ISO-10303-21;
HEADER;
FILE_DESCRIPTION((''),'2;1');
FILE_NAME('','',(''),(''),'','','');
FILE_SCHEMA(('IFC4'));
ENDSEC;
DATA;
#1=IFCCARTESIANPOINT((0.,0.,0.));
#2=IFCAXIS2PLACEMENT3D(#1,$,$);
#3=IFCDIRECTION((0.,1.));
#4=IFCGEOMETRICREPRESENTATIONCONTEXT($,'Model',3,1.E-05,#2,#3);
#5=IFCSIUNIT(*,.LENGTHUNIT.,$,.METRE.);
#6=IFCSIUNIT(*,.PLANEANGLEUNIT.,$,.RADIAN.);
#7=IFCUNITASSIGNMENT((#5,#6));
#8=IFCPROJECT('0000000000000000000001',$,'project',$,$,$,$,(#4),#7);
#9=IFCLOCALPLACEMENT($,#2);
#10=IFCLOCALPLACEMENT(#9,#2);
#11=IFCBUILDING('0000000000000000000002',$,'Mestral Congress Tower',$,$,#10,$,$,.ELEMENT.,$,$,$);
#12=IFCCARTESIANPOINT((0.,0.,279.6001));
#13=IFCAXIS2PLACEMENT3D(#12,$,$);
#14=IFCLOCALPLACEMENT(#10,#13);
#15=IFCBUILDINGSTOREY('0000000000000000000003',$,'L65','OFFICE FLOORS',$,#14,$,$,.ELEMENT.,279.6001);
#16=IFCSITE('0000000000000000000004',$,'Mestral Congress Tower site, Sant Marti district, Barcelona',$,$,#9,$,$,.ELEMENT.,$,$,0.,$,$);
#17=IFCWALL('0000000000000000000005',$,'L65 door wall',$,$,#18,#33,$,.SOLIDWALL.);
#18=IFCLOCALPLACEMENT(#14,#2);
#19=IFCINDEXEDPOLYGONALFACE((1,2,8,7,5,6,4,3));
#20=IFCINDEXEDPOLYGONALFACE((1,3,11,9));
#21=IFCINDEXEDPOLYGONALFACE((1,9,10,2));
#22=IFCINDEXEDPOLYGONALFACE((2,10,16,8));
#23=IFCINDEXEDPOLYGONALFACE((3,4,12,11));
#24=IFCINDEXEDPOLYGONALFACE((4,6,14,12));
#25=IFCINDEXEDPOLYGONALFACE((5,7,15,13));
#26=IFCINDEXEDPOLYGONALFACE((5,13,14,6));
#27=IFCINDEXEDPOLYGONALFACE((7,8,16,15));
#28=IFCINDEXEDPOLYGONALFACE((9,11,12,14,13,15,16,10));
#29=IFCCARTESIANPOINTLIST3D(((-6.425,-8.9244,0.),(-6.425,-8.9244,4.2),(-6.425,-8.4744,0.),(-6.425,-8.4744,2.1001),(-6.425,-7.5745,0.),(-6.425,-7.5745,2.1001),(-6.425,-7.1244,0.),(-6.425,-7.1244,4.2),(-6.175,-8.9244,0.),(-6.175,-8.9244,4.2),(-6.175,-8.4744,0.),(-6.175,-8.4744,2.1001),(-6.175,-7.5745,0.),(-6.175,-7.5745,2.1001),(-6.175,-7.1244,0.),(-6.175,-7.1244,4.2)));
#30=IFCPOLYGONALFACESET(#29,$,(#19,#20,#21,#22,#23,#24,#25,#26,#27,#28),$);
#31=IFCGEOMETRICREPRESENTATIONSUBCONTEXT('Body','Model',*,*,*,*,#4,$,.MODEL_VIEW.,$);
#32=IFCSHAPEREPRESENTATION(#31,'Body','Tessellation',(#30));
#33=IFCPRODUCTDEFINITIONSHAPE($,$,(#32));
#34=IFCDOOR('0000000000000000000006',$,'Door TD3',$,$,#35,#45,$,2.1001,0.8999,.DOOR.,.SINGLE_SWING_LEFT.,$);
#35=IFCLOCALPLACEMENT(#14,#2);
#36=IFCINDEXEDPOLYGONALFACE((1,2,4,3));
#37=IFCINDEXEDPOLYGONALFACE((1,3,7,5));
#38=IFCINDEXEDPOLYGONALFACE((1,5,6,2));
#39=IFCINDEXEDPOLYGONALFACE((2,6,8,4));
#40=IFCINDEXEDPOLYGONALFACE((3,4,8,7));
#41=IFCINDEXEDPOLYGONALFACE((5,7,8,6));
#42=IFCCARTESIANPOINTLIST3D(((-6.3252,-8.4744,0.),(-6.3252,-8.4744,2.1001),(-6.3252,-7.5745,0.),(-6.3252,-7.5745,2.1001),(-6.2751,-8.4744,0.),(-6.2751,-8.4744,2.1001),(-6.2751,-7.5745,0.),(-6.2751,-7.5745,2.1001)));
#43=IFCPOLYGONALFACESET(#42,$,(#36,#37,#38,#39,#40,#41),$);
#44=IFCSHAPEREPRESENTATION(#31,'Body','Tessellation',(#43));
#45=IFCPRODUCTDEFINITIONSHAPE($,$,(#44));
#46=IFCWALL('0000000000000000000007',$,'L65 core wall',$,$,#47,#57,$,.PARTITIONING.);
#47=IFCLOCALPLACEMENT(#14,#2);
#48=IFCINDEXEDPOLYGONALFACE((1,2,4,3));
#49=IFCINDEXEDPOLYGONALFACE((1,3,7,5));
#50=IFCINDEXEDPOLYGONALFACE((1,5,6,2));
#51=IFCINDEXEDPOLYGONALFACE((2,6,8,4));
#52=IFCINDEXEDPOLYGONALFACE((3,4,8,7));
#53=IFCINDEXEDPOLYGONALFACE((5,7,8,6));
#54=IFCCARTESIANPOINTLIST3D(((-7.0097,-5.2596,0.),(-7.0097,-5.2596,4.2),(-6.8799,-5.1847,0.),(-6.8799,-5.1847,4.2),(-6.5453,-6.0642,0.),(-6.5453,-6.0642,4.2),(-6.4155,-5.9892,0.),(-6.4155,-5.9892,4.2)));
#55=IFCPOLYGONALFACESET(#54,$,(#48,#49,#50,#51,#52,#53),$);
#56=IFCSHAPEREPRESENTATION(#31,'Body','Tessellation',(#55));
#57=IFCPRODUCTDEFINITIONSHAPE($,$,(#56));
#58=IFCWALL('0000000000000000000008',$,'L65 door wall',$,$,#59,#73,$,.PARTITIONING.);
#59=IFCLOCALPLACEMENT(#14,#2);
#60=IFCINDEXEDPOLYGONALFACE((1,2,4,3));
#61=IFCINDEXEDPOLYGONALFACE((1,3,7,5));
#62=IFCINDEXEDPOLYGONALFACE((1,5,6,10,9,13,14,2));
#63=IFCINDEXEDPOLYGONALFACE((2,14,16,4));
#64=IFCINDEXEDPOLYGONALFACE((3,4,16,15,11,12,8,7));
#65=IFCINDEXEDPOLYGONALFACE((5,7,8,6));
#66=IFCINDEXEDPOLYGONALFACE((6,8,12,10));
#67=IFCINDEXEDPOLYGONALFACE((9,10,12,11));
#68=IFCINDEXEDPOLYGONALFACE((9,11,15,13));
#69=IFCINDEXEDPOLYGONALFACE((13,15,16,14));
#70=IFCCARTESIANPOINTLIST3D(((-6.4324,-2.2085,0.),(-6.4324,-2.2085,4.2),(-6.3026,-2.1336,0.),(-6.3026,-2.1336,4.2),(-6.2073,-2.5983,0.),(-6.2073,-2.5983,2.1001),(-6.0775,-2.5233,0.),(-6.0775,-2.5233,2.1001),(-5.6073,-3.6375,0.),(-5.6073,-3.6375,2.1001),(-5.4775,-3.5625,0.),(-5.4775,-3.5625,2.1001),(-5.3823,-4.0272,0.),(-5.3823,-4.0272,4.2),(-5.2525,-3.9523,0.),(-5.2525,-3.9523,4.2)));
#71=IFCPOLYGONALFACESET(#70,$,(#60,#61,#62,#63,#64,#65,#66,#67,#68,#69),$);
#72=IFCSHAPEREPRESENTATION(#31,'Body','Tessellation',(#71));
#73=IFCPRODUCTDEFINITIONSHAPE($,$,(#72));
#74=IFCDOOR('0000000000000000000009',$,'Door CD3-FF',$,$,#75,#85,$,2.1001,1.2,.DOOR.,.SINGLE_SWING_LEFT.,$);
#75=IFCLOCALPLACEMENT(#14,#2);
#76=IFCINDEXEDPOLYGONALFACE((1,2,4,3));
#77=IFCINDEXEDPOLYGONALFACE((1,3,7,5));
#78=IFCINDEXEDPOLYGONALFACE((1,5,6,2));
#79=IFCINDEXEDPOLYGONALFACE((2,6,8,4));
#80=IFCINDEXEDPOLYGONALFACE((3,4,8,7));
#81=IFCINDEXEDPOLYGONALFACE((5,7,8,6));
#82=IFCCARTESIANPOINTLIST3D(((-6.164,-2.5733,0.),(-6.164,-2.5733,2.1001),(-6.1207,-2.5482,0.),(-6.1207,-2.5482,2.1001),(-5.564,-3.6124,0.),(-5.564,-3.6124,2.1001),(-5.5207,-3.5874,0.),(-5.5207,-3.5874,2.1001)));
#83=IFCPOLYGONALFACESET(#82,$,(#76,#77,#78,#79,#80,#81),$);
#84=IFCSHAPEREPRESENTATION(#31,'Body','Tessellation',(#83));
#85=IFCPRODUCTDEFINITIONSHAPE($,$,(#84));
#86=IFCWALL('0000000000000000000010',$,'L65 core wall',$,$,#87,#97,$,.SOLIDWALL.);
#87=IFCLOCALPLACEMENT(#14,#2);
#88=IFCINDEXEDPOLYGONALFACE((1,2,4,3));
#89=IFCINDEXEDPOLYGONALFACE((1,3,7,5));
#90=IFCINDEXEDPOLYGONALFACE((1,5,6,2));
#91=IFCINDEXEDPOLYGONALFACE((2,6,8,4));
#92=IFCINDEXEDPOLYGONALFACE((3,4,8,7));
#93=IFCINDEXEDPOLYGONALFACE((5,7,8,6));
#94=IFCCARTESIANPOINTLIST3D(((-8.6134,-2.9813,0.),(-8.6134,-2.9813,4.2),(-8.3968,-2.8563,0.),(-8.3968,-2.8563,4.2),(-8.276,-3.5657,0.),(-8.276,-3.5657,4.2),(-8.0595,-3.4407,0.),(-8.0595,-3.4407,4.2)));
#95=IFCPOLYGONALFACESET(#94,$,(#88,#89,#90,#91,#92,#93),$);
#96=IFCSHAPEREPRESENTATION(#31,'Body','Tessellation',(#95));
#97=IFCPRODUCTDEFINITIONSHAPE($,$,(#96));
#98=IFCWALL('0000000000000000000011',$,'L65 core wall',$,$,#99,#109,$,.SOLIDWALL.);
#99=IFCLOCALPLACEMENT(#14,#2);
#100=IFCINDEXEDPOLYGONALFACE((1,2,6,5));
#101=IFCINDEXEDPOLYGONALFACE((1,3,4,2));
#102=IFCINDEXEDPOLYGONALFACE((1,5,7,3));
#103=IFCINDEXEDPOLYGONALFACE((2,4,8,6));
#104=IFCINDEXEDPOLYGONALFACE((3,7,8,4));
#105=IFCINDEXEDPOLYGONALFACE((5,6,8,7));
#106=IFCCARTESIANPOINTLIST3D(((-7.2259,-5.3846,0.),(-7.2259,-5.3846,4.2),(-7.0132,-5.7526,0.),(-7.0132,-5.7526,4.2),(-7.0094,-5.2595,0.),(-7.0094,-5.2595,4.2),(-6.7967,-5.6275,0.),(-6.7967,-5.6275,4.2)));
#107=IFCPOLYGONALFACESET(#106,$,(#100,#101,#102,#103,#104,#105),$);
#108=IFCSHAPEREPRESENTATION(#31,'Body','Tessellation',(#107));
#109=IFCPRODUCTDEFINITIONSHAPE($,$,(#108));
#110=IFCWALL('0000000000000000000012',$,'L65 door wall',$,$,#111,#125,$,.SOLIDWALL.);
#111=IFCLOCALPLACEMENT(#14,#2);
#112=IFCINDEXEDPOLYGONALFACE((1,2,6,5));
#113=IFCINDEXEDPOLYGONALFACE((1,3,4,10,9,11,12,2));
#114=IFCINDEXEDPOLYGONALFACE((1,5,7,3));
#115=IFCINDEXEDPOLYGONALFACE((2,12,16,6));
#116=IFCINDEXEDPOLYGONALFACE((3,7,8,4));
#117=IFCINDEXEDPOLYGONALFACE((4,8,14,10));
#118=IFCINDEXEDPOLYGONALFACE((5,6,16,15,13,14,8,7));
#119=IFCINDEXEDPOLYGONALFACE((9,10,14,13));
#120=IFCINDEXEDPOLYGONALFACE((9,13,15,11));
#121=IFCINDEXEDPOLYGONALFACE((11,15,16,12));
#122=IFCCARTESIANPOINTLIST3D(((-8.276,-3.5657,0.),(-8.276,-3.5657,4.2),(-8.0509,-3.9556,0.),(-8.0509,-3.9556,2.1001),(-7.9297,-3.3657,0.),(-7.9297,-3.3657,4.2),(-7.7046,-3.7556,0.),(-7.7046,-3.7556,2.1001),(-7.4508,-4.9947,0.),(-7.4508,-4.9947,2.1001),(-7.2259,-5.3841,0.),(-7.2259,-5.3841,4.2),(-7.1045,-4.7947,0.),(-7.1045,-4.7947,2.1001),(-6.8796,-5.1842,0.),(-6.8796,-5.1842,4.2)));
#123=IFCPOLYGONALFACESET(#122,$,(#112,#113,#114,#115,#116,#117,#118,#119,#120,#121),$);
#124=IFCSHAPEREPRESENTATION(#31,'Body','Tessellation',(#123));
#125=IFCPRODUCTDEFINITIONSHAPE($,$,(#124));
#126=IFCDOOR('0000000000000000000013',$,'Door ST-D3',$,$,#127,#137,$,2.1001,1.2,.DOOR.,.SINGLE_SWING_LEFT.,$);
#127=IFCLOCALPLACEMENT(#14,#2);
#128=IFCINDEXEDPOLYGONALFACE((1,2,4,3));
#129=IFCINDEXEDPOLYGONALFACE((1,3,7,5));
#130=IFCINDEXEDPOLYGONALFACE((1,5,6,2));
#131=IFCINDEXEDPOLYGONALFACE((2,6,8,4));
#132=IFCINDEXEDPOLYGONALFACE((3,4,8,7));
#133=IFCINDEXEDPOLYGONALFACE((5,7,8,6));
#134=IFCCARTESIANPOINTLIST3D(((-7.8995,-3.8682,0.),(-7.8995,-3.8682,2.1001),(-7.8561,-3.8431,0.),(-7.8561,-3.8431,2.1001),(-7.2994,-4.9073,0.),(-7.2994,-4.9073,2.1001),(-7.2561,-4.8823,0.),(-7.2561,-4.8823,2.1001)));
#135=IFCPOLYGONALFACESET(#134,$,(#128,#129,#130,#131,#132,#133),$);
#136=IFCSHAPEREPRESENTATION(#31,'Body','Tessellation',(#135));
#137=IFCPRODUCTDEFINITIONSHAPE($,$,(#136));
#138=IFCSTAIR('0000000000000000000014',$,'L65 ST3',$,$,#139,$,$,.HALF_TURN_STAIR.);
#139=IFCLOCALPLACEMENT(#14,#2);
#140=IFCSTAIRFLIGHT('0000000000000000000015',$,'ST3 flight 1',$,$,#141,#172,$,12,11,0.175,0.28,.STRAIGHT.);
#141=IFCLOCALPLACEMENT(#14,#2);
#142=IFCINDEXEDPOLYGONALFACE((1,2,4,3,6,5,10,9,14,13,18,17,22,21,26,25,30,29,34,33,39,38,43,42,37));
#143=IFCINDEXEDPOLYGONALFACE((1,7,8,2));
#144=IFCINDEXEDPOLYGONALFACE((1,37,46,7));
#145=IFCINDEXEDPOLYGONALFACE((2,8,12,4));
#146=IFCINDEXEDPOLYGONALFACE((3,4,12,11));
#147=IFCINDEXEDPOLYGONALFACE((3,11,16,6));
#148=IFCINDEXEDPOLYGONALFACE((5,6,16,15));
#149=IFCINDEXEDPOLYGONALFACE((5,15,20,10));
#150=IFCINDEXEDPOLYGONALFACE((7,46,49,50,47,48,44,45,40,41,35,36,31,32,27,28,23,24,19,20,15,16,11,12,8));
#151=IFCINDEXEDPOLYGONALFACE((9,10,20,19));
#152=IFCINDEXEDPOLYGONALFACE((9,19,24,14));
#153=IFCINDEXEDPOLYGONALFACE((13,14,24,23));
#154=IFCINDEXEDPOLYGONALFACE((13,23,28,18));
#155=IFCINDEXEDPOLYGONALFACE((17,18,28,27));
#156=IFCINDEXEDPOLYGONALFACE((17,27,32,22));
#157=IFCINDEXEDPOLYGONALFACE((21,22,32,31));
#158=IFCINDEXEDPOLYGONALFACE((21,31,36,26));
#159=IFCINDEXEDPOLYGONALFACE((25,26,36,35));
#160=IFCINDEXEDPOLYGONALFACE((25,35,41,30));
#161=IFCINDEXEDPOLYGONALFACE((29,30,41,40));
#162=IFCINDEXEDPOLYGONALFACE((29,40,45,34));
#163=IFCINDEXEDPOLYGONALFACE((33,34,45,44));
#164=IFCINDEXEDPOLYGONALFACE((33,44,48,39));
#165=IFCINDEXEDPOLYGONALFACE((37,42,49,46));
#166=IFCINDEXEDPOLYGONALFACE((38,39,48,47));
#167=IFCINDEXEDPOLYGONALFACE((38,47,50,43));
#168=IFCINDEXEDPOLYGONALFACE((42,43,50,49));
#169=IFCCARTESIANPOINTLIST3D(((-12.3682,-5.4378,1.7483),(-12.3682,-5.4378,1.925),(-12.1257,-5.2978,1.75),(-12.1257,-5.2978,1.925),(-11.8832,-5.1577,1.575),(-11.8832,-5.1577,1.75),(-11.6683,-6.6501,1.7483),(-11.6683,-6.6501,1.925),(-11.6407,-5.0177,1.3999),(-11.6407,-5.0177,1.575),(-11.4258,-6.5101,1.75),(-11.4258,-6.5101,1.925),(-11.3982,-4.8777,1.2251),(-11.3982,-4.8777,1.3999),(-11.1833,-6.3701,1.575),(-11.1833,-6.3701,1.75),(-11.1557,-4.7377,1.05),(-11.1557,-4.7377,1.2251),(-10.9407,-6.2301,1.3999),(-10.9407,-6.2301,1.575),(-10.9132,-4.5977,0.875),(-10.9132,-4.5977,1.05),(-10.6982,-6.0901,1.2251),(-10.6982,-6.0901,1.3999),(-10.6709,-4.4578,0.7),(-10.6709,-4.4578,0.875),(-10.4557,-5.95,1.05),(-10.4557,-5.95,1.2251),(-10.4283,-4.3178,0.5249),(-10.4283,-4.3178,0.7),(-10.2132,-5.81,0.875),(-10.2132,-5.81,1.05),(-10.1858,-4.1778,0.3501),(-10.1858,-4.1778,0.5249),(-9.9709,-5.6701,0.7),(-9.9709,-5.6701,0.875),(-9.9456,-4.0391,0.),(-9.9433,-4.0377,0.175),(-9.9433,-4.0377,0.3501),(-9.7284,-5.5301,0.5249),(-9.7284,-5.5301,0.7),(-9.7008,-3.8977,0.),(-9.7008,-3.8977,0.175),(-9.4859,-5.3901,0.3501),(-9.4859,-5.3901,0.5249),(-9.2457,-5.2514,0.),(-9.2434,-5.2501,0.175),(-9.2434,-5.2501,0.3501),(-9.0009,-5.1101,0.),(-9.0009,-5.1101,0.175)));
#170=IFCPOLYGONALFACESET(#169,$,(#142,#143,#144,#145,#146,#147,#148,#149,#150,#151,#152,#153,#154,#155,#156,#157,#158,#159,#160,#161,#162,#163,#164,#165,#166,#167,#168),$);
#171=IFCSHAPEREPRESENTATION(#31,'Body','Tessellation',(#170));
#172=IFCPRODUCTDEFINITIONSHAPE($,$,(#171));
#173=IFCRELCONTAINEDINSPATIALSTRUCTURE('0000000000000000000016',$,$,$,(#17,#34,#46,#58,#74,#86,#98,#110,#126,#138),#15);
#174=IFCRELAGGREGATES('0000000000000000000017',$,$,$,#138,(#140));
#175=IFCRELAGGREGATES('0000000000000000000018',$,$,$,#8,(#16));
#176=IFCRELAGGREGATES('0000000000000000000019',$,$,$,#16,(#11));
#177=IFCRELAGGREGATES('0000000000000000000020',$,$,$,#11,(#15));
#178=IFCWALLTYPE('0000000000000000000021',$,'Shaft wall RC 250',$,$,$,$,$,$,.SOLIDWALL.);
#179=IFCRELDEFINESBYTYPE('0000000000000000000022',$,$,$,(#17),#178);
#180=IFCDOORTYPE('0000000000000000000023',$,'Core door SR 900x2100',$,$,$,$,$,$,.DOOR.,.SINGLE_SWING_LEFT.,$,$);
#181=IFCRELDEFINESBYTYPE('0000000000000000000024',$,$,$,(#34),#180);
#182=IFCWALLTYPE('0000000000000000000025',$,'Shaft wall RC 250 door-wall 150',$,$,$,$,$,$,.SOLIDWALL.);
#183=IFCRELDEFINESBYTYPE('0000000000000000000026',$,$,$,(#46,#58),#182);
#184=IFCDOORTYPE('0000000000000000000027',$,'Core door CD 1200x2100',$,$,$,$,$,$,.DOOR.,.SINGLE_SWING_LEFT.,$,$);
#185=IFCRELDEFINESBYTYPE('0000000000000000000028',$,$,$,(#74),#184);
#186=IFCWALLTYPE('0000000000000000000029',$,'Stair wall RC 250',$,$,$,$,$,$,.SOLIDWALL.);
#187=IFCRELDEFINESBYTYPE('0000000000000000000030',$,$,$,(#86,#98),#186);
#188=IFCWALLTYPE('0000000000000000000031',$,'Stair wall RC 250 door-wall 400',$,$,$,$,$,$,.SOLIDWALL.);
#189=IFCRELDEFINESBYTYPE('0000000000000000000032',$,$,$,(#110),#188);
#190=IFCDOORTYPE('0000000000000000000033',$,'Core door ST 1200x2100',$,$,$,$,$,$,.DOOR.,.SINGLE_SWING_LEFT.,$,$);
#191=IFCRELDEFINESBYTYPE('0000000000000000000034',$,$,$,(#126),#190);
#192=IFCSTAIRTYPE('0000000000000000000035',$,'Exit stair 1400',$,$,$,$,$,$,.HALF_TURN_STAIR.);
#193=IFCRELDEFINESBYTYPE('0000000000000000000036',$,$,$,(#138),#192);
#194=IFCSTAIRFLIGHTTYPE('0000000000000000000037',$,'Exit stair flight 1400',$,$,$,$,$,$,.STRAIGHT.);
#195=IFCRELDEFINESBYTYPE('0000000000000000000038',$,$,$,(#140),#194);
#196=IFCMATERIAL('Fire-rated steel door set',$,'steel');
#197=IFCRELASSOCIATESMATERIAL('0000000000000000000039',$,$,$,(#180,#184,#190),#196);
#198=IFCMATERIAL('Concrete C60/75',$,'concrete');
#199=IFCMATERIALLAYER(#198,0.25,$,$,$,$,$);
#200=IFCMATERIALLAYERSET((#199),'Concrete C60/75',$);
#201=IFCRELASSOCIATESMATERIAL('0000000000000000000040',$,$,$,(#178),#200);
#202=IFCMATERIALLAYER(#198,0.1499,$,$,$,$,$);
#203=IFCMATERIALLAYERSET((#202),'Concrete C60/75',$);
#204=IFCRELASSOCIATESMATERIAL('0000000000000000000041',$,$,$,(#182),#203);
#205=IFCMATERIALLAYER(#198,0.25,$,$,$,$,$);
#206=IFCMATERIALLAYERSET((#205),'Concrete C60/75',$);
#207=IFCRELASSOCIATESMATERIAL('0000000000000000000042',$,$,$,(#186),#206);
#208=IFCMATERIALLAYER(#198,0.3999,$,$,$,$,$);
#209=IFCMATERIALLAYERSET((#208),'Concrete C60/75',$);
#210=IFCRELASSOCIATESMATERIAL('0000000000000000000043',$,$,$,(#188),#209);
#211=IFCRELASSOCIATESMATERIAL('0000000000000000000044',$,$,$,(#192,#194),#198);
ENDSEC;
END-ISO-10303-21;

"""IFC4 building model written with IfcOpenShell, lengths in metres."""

from ifc_helpers import new_model, si_unit, direction, frame, frame_2d, origin, place, context, subcontext, project, spatial, polyline, rectangle, outline, extrude, material, layer, layer_set, type_object, element, fill, aggregate, save


model = new_model("IFC4")

# Units and contexts
model_context = context("Model", 3, precision=1e-05, world=origin(), true_north=direction((0.0, 1.0)))
body_context = subcontext(model_context, "Body", "Model", "MODEL_VIEW")
ifc_project = project(units=[si_unit("LENGTHUNIT", "METRE"), si_unit("PLANEANGLEUNIT", "RADIAN")], contexts=[model_context])

# Site, building, storey
site_placement = place(None, origin())
site = spatial("IfcSite", under=ifc_project, at=site_placement, Name="Mestral Congress Tower site, Sant Marti district, Barcelona", CompositionType="ELEMENT", RefElevation=0.0)
building_placement = place(site_placement, origin())
building = spatial("IfcBuilding", under=site, at=building_placement, Name="Mestral Congress Tower", CompositionType="ELEMENT")
storey_placement = place(building_placement, frame((0.0, 0.0, 279.6001)))
storey = spatial("IfcBuildingStorey", under=building, at=storey_placement, Name="L65", Description="OFFICE FLOORS", CompositionType="ELEMENT", Elevation=279.6001)

# Shared definitions
ifc_material_1 = material(Name="Fire-rated steel door set", Category="steel")
door_type_1 = type_object("IfcDoorType", Name="Core door SR 900x2100", OperationType="SINGLE_SWING_LEFT", PredefinedType="DOOR", material=ifc_material_1)

# Shared definitions
ifc_material_2 = material(Name="Concrete C60/75", Category="concrete")
ifc_layer_1 = layer(ifc_material_2, 0.25)
ifc_layer_set_1 = layer_set([ifc_layer_1], Name="Concrete C60/75")
wall_type_1 = type_object("IfcWallType", Name="Shaft wall RC 250", PredefinedType="SOLIDWALL", material=ifc_layer_set_1)

# Wall, opening, door
wall_1_placement = place(storey_placement, frame((-6.3, -7.1245, 0.0), z_axis=(0.0, 0.0, 1.0), x_axis=(0.0, -1.0, 0.0)))
wall_1 = element("IfcWall", 1, at=wall_1_placement, inside=storey, type_object=wall_type_1, Name="L65 door wall", PredefinedType="SOLIDWALL", context=body_context, shape_type="SweptSolid", body=[
    extrude(rectangle(XDim=1.8, YDim=0.25, at=frame_2d((0.8999, 0.0))), origin(), (0.0, 0.0, 1.0), 4.2),
])
opening_1_placement = place(wall_1_placement, frame((0.45, 0.0, 0.0)))
opening_1 = element("IfcOpeningElement", 2, at=opening_1_placement, cuts=wall_1, PredefinedType="OPENING", context=body_context, shape_type="SweptSolid", body=[
    extrude(rectangle(XDim=0.8999, YDim=2.1001, at=frame_2d((0.45, 1.05))), frame((0.0, 0.135, 0.0), z_axis=(0.0, -1.0, 0.0), x_axis=(1.0, 0.0, 0.0)), (0.0, 0.0, 1.0), 0.27),
])
door_1_placement = place(opening_1_placement, origin())
door_1 = element("IfcDoor", 3, at=door_1_placement, inside=storey, type_object=door_type_1, Name="Door TD3", OperationType="SINGLE_SWING_LEFT", OverallHeight=2.1001, OverallWidth=0.8999, PredefinedType="DOOR", context=body_context, shape_type="SweptSolid", body=[
    extrude(rectangle(XDim=0.8999, YDim=2.1001, at=frame_2d((0.45, 1.05))), frame((0.0, 0.0249, 0.0), z_axis=(0.0, -1.0, 0.0), x_axis=(1.0, 0.0, 0.0)), (0.0, 0.0, 1.0), 0.05),
])
fill(opening_1, door_1)

# Wall
ifc_layer_2 = layer(ifc_material_2, 0.1499)
ifc_layer_set_2 = layer_set([ifc_layer_2], Name="Concrete C60/75")
wall_type_2 = type_object("IfcWallType", Name="Shaft wall RC 250 door-wall 150", PredefinedType="SOLIDWALL", material=ifc_layer_set_2)
wall_2_placement = place(storey_placement, frame((-6.4805, -6.0266, 0.0), z_axis=(0.0, 0.0, 1.0), x_axis=(-0.499927, 0.866067, 0.0)))
element("IfcWall", 4, at=wall_2_placement, inside=storey, type_object=wall_type_2, Name="L65 core wall", PredefinedType="PARTITIONING", context=body_context, shape_type="SweptSolid", body=[
    extrude(rectangle(XDim=0.929, YDim=0.1499, at=frame_2d((0.4644, 0.0))), origin(), (0.0, 0.0, 1.0), 4.2),
])

# Wall, opening, door
wall_3_placement = place(storey_placement, frame((-5.3174, -3.9897, 0.0), z_axis=(0.0, 0.0, 1.0), x_axis=(-0.500028, 0.866009, 0.0)))
wall_3 = element("IfcWall", 5, at=wall_3_placement, inside=storey, type_object=wall_type_2, Name="L65 door wall", PredefinedType="PARTITIONING", context=body_context, shape_type="SweptSolid", body=[
    extrude(rectangle(XDim=2.1001, YDim=0.1499, at=frame_2d((1.05, 0.0))), origin(), (0.0, 0.0, 1.0), 4.2),
])
opening_2_placement = place(wall_3_placement, frame((0.45, 0.0, 0.0)))
opening_2 = element("IfcOpeningElement", 6, at=opening_2_placement, cuts=wall_3, PredefinedType="OPENING", context=body_context, shape_type="SweptSolid", body=[
    extrude(rectangle(XDim=1.2, YDim=2.1001, at=frame_2d((0.6001, 1.05))), frame((0.0, 0.085, 0.0), z_axis=(0.0, -1.0, 0.0), x_axis=(1.0, 0.0, 0.0)), (0.0, 0.0, 1.0), 0.1699),
])
door_type_2 = type_object("IfcDoorType", Name="Core door CD 1200x2100", OperationType="SINGLE_SWING_LEFT", PredefinedType="DOOR", material=ifc_material_1)
door_2_placement = place(opening_2_placement, origin())
door_2 = element("IfcDoor", 7, at=door_2_placement, inside=storey, type_object=door_type_2, Name="Door CD3-FF", OperationType="SINGLE_SWING_LEFT", OverallHeight=2.1001, OverallWidth=1.2, PredefinedType="DOOR", context=body_context, shape_type="SweptSolid", body=[
    extrude(rectangle(XDim=1.2, YDim=2.1001, at=frame_2d((0.6001, 1.05))), frame((0.0, 0.0249, 0.0), z_axis=(0.0, -1.0, 0.0), x_axis=(1.0, 0.0, 0.0)), (0.0, 0.0, 1.0), 0.05),
])
fill(opening_2, door_2)

# Walls
ifc_layer_3 = layer(ifc_material_2, 0.25)
ifc_layer_set_3 = layer_set([ifc_layer_3], Name="Concrete C60/75")
wall_type_3 = type_object("IfcWallType", Name="Stair wall RC 250", PredefinedType="SOLIDWALL", material=ifc_layer_set_3)
wall_4_placement = place(storey_placement, frame((-8.1677, -3.5032, 0.0), z_axis=(0.0, 0.0, 1.0), x_axis=(-0.499952, 0.866053, 0.0)))
element("IfcWall", 8, at=wall_4_placement, inside=storey, type_object=wall_type_3, Name="L65 core wall", PredefinedType="SOLIDWALL", context=body_context, shape_type="SweptSolid", body=[
    extrude(rectangle(XDim=0.6748, YDim=0.25, at=frame_2d((0.3374, 0.0))), origin(), (0.0, 0.0, 1.0), 4.2),
])
wall_5_placement = place(storey_placement, frame((-6.905, -5.6899, 0.0), z_axis=(0.0, 0.0, 1.0), x_axis=(-0.500402, 0.865793, 0.0)))
element("IfcWall", 9, at=wall_5_placement, inside=storey, type_object=wall_type_3, Name="L65 core wall", PredefinedType="SOLIDWALL", context=body_context, shape_type="SweptSolid", body=[
    extrude(rectangle(XDim=0.425, YDim=0.25, at=frame_2d((0.2124, 0.0))), origin(), (0.0, 0.0, 1.0), 4.2),
])

# Wall, opening, door
ifc_layer_4 = layer(ifc_material_2, 0.3999)
ifc_layer_set_4 = layer_set([ifc_layer_4], Name="Concrete C60/75")
wall_type_4 = type_object("IfcWallType", Name="Stair wall RC 250 door-wall 400", PredefinedType="SOLIDWALL", material=ifc_layer_set_4)
wall_6_placement = place(storey_placement, frame((-8.1028, -3.4658, 0.0), z_axis=(0.0, 0.0, 1.0), x_axis=(0.500078, -0.86598, 0.0)))
wall_6 = element("IfcWall", 10, at=wall_6_placement, inside=storey, type_object=wall_type_4, Name="L65 door wall", PredefinedType="SOLIDWALL", context=body_context, shape_type="SweptSolid", body=[
    extrude(rectangle(XDim=2.0999, YDim=0.3999, at=frame_2d((1.0498, 0.0))), origin(), (0.0, 0.0, 1.0), 4.2),
])
opening_3_placement = place(wall_6_placement, frame((0.45, 0.0, 0.0)))
opening_3 = element("IfcOpeningElement", 11, at=opening_3_placement, cuts=wall_6, PredefinedType="OPENING", context=body_context, shape_type="SweptSolid", body=[
    extrude(rectangle(XDim=1.2, YDim=2.1001, at=frame_2d((0.6001, 1.05))), frame((0.0, 0.21, 0.0), z_axis=(0.0, -1.0, 0.0), x_axis=(1.0, 0.0, 0.0)), (0.0, 0.0, 1.0), 0.4199),
])
door_type_3 = type_object("IfcDoorType", Name="Core door ST 1200x2100", OperationType="SINGLE_SWING_LEFT", PredefinedType="DOOR", material=ifc_material_1)
door_3_placement = place(opening_3_placement, origin())
door_3 = element("IfcDoor", 12, at=door_3_placement, inside=storey, type_object=door_type_3, Name="Door ST-D3", OperationType="SINGLE_SWING_LEFT", OverallHeight=2.1001, OverallWidth=1.2, PredefinedType="DOOR", context=body_context, shape_type="SweptSolid", body=[
    extrude(rectangle(XDim=1.2, YDim=2.1001, at=frame_2d((0.6001, 1.05))), frame((0.0, 0.0249, 0.0), z_axis=(0.0, -1.0, 0.0), x_axis=(1.0, 0.0, 0.0)), (0.0, 0.0, 1.0), 0.05),
])
fill(opening_3, door_3)

# Stair, stair flight
stair_type = type_object("IfcStairType", Name="Exit stair 1400", PredefinedType="HALF_TURN_STAIR", material=ifc_material_2)
stair_placement = place(storey_placement, origin())
stair = element("IfcStair", 13, at=stair_placement, inside=storey, type_object=stair_type, Name="L65 ST3", PredefinedType="HALF_TURN_STAIR")
stair_flight_type = type_object("IfcStairFlightType", Name="Exit stair flight 1400", PredefinedType="STRAIGHT", material=ifc_material_2)
stair_flight_placement = place(storey_placement, frame((-9.3508, -4.5039, 0.0), z_axis=(0.0, 0.0, 1.0), x_axis=(-0.866025, -0.5, 0.0)))
stair_flight = element("IfcStairFlight", 14, at=stair_flight_placement, type_object=stair_flight_type, Name="ST3 flight 1", NumberOfRisers=12, NumberOfTreads=11, PredefinedType="STRAIGHT", RiserHeight=0.175, TreadLength=0.28, context=body_context, shape_type="SweptSolid", body=[
    extrude(outline(polyline([(0.0, 0.0), (0.0, 0.175), (0.28, 0.175), (0.28, 0.3501), (0.5601, 0.3501), (0.5601, 0.5249), (0.8401, 0.5249), (0.8401, 0.7), (1.1201, 0.7), (1.1201, 0.875), (1.3999, 0.875), (1.3999, 1.05), (1.6799, 1.05), (1.6799, 1.2251), (1.96, 1.2251), (1.96, 1.3999), (2.24, 1.3999), (2.24, 1.575), (2.52, 1.575), (2.52, 1.75), (2.8, 1.75), (2.8, 1.925), (3.0801, 1.925), (3.0801, 2.1001), (3.0801, 1.7483), (0.2827, 0.0), (0.0, 0.0)])), frame((0.0, 0.7, 0.0), z_axis=(0.0, -1.0, 0.0), x_axis=(1.0, 0.0, 0.0)), (0.0, 0.0, 1.0), 1.3999),
])
aggregate(stair, [stair_flight])

save(model, "model.ifc")
